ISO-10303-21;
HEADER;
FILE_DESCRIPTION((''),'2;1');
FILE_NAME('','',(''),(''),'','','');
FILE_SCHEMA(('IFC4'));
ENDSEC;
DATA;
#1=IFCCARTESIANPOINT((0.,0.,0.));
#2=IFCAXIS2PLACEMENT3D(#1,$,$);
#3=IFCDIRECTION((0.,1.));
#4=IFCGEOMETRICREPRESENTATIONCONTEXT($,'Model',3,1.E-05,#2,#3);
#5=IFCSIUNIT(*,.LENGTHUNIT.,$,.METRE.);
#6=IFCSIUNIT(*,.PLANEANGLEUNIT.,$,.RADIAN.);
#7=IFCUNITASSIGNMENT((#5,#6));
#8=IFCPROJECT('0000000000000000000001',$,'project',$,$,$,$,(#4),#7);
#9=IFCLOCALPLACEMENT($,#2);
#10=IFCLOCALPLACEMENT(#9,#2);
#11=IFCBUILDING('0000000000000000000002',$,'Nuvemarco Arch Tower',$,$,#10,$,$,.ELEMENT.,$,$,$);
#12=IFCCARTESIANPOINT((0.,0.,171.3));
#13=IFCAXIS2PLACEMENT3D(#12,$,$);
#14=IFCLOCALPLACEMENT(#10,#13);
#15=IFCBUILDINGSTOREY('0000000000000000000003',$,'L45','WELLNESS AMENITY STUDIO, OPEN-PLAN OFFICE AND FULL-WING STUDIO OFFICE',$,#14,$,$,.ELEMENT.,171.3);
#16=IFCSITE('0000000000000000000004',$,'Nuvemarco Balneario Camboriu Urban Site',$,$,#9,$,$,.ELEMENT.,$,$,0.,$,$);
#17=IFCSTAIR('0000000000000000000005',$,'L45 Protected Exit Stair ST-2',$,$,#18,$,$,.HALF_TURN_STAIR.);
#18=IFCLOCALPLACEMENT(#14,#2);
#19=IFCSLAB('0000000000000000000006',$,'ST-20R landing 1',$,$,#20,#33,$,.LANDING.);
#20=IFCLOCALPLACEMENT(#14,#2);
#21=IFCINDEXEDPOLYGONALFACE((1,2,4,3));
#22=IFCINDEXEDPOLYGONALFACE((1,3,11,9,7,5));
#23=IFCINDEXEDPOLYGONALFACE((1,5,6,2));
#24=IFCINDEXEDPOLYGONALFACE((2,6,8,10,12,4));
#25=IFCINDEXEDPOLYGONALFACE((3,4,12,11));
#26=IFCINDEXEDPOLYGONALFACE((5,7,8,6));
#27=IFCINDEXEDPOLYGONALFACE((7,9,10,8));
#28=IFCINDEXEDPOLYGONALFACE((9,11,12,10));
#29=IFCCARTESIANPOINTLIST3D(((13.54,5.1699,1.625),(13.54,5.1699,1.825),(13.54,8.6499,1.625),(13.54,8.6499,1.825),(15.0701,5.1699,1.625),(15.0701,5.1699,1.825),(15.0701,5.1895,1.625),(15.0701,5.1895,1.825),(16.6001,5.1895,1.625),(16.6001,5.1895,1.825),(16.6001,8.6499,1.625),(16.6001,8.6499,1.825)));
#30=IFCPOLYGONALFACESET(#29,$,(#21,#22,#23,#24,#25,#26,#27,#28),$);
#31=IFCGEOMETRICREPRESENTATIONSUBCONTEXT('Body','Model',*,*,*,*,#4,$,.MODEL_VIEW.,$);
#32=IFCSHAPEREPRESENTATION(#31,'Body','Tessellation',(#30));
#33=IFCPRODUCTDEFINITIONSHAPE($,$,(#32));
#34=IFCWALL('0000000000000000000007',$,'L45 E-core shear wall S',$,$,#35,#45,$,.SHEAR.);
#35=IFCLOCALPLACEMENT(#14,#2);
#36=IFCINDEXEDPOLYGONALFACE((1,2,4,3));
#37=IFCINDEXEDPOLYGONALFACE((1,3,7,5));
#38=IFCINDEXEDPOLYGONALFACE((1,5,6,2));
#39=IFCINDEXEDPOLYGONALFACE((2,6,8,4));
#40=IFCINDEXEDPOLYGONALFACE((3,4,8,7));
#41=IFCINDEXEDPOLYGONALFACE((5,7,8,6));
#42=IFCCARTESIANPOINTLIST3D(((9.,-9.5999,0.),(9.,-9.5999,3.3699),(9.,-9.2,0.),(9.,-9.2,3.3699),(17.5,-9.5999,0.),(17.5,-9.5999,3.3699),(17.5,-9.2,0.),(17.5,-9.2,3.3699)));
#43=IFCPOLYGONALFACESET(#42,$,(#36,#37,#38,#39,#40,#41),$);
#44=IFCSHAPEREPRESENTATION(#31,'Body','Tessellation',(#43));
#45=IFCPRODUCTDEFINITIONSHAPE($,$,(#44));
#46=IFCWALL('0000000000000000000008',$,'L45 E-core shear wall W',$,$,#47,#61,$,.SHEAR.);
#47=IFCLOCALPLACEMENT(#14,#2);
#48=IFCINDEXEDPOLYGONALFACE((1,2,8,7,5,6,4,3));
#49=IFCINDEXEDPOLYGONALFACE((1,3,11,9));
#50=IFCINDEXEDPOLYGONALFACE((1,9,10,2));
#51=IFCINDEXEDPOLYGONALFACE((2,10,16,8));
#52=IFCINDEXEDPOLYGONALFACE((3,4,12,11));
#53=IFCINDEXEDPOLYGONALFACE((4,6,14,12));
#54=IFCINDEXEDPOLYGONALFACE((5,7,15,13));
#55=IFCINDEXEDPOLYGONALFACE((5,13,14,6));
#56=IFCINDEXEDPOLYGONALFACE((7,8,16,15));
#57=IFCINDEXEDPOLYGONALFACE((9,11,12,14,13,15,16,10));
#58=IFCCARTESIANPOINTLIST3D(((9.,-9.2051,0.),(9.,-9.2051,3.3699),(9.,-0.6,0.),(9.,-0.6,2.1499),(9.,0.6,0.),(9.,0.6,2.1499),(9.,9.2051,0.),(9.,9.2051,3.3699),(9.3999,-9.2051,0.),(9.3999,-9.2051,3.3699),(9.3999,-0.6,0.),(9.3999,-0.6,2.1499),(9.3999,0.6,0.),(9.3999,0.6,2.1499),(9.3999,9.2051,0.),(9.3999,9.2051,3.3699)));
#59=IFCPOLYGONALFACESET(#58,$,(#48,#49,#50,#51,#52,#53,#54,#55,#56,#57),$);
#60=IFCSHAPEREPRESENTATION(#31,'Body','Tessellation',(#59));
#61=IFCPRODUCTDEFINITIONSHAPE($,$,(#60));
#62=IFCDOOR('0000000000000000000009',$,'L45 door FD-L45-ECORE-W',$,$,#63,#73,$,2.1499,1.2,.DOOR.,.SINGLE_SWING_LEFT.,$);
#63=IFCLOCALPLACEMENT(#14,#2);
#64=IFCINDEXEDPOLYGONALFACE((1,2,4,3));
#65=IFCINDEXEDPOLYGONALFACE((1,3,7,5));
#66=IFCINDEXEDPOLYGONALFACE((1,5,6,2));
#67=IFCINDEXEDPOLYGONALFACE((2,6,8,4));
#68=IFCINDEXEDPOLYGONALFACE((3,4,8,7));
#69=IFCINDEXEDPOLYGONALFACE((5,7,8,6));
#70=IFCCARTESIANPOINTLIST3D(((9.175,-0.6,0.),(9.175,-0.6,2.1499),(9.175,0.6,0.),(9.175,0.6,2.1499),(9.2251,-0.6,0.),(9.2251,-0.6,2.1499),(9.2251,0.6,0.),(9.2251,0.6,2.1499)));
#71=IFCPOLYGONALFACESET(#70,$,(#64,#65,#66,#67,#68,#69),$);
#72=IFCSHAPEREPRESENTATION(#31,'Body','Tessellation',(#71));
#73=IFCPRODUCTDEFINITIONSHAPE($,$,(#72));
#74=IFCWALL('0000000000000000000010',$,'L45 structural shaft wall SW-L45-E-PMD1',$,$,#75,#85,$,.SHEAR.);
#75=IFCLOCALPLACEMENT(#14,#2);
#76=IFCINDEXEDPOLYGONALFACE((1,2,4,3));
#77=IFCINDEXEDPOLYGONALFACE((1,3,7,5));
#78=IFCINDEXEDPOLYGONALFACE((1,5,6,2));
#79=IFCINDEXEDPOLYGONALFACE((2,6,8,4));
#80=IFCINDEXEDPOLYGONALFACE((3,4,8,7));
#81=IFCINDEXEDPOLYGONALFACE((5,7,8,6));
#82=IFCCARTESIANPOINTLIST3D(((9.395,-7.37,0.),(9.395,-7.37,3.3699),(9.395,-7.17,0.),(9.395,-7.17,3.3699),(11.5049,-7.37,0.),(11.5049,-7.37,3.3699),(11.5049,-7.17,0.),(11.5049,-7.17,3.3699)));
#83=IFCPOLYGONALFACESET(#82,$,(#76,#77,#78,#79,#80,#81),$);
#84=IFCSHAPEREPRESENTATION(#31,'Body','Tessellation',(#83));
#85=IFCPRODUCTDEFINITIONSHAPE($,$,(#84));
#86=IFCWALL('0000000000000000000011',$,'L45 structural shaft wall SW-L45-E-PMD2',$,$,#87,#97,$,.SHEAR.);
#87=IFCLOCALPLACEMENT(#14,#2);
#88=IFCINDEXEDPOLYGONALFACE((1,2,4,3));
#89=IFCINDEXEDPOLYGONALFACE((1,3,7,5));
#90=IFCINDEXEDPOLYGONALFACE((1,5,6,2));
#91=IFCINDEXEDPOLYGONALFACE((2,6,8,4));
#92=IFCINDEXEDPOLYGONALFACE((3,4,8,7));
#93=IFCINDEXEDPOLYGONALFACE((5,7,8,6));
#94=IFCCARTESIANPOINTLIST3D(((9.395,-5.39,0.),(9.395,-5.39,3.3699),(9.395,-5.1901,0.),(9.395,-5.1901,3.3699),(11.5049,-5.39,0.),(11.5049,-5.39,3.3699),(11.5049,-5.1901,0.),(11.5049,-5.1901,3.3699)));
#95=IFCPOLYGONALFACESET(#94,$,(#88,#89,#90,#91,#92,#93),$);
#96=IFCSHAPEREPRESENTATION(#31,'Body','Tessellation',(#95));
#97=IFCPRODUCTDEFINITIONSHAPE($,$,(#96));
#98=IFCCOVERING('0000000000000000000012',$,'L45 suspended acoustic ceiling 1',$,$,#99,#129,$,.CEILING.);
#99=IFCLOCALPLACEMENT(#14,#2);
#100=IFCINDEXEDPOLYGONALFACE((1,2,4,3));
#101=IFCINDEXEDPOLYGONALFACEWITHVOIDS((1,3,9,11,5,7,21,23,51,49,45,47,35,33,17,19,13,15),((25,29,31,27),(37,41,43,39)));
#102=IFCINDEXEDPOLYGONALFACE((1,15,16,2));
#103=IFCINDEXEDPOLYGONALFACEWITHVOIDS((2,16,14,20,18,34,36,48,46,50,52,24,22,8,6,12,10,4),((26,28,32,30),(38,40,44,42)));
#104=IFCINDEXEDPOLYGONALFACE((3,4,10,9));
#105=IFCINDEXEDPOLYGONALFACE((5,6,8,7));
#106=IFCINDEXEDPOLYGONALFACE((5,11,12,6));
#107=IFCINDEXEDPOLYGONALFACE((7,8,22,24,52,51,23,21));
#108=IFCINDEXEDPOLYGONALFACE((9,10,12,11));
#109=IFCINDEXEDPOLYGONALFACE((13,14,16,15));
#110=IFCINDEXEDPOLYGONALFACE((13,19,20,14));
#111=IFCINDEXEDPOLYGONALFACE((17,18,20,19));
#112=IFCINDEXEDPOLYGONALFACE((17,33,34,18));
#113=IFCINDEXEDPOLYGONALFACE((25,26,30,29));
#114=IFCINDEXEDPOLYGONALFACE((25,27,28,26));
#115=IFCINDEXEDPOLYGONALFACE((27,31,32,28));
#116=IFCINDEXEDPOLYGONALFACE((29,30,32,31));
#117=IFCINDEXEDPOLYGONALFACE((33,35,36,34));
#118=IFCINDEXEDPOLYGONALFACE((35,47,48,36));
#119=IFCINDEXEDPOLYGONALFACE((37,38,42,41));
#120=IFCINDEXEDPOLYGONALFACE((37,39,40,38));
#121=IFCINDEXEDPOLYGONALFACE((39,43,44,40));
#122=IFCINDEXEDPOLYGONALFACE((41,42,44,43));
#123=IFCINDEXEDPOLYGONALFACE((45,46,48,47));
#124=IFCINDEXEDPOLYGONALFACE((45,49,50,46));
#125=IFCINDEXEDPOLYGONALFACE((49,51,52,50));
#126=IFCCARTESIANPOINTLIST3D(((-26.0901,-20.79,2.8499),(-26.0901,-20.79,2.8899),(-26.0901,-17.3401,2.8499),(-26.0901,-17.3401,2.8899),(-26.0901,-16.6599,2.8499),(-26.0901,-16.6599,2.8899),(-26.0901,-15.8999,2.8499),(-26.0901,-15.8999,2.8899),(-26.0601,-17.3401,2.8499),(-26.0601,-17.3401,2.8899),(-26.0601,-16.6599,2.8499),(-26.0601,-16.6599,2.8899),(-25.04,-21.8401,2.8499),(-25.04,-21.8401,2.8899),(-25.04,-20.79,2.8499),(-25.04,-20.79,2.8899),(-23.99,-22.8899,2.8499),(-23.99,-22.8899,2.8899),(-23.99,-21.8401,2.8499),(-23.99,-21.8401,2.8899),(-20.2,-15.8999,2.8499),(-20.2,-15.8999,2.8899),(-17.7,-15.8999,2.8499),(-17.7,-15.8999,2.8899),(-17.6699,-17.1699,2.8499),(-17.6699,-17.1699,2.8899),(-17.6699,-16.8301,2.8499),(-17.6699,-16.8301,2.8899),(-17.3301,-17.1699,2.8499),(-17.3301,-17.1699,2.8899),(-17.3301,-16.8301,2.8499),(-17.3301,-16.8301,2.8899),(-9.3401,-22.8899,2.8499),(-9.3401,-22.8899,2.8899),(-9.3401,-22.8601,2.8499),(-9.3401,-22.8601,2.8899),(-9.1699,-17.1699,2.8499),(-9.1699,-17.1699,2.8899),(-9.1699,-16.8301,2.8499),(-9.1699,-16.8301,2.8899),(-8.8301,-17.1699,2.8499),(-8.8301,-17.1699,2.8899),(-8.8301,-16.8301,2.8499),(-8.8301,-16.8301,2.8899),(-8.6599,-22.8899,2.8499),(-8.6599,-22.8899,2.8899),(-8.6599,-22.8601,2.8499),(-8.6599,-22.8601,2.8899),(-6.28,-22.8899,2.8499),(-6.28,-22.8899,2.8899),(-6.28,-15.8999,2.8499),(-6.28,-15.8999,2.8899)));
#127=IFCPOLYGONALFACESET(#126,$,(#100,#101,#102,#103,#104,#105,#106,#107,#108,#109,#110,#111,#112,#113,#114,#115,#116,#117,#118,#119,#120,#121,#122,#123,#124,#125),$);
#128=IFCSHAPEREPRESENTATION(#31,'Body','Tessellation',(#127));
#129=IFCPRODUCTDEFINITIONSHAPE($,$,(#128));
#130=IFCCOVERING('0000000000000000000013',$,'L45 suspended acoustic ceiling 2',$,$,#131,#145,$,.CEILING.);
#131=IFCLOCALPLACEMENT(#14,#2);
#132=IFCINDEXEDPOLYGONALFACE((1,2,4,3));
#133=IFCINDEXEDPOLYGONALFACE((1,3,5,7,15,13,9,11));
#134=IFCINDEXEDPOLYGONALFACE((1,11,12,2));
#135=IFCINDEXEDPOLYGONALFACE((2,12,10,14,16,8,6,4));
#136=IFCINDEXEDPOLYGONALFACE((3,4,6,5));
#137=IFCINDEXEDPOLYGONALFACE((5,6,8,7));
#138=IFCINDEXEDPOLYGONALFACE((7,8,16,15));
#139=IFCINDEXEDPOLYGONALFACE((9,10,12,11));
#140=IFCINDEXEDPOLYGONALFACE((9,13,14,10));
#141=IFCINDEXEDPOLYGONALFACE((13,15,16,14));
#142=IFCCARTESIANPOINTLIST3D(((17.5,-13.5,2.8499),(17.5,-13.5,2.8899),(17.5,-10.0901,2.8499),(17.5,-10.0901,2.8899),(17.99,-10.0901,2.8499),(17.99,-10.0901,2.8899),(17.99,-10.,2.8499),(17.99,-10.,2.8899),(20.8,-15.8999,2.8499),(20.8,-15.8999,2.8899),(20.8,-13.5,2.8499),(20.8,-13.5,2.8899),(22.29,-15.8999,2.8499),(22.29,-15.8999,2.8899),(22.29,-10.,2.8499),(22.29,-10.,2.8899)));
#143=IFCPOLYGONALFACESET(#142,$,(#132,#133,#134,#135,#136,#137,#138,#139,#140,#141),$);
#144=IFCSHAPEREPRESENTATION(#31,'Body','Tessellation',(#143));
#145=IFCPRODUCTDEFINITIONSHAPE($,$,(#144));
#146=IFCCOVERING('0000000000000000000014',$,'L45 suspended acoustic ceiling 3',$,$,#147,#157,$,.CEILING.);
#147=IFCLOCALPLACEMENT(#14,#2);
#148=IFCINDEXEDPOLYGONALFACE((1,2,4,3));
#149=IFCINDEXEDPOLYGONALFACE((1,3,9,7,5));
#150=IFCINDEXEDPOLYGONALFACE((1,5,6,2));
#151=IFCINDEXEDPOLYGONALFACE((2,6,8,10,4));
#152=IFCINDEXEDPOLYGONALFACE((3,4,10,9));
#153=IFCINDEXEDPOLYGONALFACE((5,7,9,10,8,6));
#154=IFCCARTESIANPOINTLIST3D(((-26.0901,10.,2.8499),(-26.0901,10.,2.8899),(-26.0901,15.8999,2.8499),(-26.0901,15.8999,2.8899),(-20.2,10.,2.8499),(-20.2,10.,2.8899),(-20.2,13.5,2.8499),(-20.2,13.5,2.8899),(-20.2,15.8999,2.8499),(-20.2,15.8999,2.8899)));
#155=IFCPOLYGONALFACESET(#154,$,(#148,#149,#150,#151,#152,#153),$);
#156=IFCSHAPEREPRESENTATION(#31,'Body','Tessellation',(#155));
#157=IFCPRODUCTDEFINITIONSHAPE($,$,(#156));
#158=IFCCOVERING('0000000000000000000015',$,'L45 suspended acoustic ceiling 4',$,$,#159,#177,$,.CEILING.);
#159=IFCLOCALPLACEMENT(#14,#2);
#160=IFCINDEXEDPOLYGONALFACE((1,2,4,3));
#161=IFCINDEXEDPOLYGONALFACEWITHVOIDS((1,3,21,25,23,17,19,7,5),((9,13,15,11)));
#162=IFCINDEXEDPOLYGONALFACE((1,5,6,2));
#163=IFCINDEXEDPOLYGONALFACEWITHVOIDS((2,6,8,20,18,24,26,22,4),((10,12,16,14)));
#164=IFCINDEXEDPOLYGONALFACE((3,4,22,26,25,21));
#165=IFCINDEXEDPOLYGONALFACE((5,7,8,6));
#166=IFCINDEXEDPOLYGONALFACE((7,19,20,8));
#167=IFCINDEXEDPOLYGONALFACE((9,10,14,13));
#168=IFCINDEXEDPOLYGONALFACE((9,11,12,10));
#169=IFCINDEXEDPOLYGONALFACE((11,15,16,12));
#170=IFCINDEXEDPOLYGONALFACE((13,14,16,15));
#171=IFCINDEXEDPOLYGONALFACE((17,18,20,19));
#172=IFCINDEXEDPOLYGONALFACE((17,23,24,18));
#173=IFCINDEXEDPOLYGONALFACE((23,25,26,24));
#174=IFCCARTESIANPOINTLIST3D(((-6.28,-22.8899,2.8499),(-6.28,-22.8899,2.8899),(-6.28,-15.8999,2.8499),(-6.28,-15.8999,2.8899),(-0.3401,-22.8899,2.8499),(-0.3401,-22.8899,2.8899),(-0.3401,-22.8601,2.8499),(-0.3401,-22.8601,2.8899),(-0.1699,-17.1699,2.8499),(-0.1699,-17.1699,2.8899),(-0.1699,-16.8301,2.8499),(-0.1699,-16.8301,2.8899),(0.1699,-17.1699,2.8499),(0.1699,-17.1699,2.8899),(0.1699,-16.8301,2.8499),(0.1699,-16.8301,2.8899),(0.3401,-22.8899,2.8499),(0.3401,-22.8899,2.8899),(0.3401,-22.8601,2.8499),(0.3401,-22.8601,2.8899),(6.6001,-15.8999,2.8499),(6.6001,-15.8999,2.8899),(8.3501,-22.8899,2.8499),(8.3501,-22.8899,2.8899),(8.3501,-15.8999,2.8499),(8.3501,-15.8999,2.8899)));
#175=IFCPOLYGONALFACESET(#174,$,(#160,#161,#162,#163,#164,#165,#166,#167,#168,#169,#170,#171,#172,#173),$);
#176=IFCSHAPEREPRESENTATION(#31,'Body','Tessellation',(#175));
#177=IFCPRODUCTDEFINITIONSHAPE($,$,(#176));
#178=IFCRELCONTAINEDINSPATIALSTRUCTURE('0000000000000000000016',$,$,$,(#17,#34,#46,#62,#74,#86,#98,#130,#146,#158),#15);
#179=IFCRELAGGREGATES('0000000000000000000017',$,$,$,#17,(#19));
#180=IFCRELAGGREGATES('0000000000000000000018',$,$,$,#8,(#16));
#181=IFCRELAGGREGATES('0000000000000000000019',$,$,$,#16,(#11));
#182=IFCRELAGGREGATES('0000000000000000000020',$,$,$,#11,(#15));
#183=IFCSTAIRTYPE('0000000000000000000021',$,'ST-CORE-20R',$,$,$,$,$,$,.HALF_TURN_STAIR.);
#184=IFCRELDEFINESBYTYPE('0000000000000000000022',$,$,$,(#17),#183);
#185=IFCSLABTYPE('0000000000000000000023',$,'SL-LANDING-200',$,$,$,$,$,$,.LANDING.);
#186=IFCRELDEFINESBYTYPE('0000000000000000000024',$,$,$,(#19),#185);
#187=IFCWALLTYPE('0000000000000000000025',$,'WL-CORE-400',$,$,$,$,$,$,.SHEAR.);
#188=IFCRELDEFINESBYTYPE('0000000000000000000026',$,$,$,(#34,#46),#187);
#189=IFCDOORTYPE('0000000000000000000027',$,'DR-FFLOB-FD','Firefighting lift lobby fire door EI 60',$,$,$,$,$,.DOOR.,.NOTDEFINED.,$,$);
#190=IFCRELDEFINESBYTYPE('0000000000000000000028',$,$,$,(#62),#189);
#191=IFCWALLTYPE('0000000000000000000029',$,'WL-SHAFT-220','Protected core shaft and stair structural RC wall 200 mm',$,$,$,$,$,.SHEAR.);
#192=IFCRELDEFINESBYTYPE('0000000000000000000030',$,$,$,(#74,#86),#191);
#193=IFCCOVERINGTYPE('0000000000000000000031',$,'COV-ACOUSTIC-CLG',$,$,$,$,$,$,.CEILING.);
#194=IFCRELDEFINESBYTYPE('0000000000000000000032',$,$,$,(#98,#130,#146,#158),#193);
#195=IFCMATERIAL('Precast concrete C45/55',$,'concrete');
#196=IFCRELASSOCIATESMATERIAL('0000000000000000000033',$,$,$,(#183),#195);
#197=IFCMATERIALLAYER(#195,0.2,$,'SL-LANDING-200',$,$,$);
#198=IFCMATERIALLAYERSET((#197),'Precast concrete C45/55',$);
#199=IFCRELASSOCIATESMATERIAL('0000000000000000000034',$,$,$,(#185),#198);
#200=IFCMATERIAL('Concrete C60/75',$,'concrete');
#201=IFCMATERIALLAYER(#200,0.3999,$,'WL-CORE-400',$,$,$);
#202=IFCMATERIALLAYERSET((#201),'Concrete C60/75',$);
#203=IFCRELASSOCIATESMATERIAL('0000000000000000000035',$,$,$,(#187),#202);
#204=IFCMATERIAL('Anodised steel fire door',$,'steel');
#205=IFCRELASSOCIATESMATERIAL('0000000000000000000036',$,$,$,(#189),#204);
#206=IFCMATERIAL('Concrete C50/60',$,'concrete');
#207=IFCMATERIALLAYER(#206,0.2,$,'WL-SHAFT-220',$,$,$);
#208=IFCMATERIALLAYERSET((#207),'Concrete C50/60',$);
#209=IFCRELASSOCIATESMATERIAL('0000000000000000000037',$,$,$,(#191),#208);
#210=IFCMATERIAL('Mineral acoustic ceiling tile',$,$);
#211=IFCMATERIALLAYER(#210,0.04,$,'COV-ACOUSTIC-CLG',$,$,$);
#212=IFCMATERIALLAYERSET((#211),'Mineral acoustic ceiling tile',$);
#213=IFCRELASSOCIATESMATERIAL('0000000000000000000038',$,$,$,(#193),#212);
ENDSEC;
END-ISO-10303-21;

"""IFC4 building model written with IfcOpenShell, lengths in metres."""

from ifc_helpers import new_model, si_unit, direction, frame, frame_2d, origin, place, context, subcontext, project, spatial, polyline, rectangle, outline, extrude, source, transform, mapped, material, layer, layer_set, type_object, type_shapes, element, fill, aggregate, save


model = new_model("IFC4")

# Units and contexts
model_context = context("Model", 3, precision=1e-05, world=origin(), true_north=direction((0.0, 1.0)))
body_context = subcontext(model_context, "Body", "Model", "MODEL_VIEW")
ifc_project = project(units=[si_unit("LENGTHUNIT", "METRE"), si_unit("PLANEANGLEUNIT", "RADIAN")], contexts=[model_context])

# Site, building, storey
site_placement = place(None, origin())
site = spatial("IfcSite", under=ifc_project, at=site_placement, Name="Nuvemarco Balneario Camboriu Urban Site", CompositionType="ELEMENT", RefElevation=0.0)
building_placement = place(site_placement, origin())
building = spatial("IfcBuilding", under=site, at=building_placement, Name="Nuvemarco Arch Tower", CompositionType="ELEMENT")
storey_placement = place(building_placement, frame((0.0, 0.0, 171.3)))
storey = spatial("IfcBuildingStorey", under=building, at=storey_placement, Name="L45", Description="WELLNESS AMENITY STUDIO, OPEN-PLAN OFFICE AND FULL-WING STUDIO OFFICE", CompositionType="ELEMENT", Elevation=171.3)

# Shared definitions
ifc_material_1 = material(Name="Concrete C50/60", Category="concrete")

# Stair, slab
ifc_material_2 = material(Name="Precast concrete C45/55", Category="concrete")
stair_type = type_object("IfcStairType", Name="ST-CORE-20R", PredefinedType="HALF_TURN_STAIR", material=ifc_material_2)
ifc_layer_1 = layer(ifc_material_2, 0.2, Name="SL-LANDING-200")
ifc_layer_set_1 = layer_set([ifc_layer_1], Name="Precast concrete C45/55")
slab_type = type_object("IfcSlabType", Name="SL-LANDING-200", PredefinedType="LANDING", material=ifc_layer_set_1)
stair_1_placement = place(storey_placement, origin())
stair_1 = element("IfcStair", 1, at=stair_1_placement, inside=storey, type_object=stair_type, Name="L45 Protected Exit Stair ST-2", PredefinedType="HALF_TURN_STAIR")
slab_1_placement = place(storey_placement, frame((0.0, 0.0, 1.625)))
slab_1 = element("IfcSlab", 2, at=slab_1_placement, type_object=slab_type, Name="ST-20R landing 1", PredefinedType="LANDING", context=body_context, shape_type="SweptSolid", body=[
    extrude(outline(polyline([(16.6001, 5.1895), (16.6001, 8.6499), (13.54, 8.6499), (13.54, 5.1699), (15.0701, 5.1699), (15.0701, 5.1895), (16.6001, 5.1895)])), origin(), (0.0, 0.0, 1.0), 0.2),
])
aggregate(stair_1, [slab_1])

# Wall
ifc_material_3 = material(Name="Concrete C60/75", Category="concrete")
ifc_layer_2 = layer(ifc_material_3, 0.3999, Name="WL-CORE-400")
ifc_layer_set_2 = layer_set([ifc_layer_2], Name="Concrete C60/75")
wall_type_1 = type_object("IfcWallType", Name="WL-CORE-400", PredefinedType="SHEAR", material=ifc_layer_set_2)
wall_1_placement = place(storey_placement, frame((9.0, -9.3999, 0.0), z_axis=(0.0, 0.0, 1.0), x_axis=(1.0, 0.0, 0.0)))
element("IfcWall", 3, at=wall_1_placement, inside=storey, type_object=wall_type_1, Name="L45 E-core shear wall S", PredefinedType="SHEAR", context=body_context, shape_type="SweptSolid", body=[
    extrude(rectangle(XDim=8.5, YDim=0.3999, at=frame_2d((4.25, 0.0))), origin(), (0.0, 0.0, 1.0), 3.3699),
])

# Wall, opening, door
wall_2_placement = place(storey_placement, frame((9.2, -9.2051, 0.0), z_axis=(0.0, 0.0, 1.0), x_axis=(0.0, 1.0, 0.0)))
wall_2 = element("IfcWall", 4, at=wall_2_placement, inside=storey, type_object=wall_type_1, Name="L45 E-core shear wall W", PredefinedType="SHEAR", context=body_context, shape_type="SweptSolid", body=[
    extrude(rectangle(XDim=18.4102, YDim=0.3999, at=frame_2d((9.2051, 0.0))), origin(), (0.0, 0.0, 1.0), 3.3699),
])
opening_placement = place(wall_2_placement, frame((8.605, 0.0, 0.0)))
opening = element("IfcOpeningElement", 5, at=opening_placement, cuts=wall_2, PredefinedType="OPENING", context=body_context, shape_type="SweptSolid", body=[
    extrude(rectangle(XDim=1.2, YDim=2.1499, at=frame_2d((0.6001, 1.075))), frame((0.0, 0.21, 0.0), z_axis=(0.0, -1.0, 0.0), x_axis=(1.0, 0.0, 0.0)), (0.0, 0.0, 1.0), 0.4199),
])
ifc_material_4 = material(Name="Anodised steel fire door", Category="steel")
door_type = type_object("IfcDoorType", Name="DR-FFLOB-FD", Description="Firefighting lift lobby fire door EI 60", OperationType="NOTDEFINED", PredefinedType="DOOR", material=ifc_material_4)
shared_shape = source(origin(), body_context, "Body", "SweptSolid", [
    extrude(rectangle(XDim=1.2, YDim=2.1499, at=frame_2d((0.6001, 1.075))), frame((0.0, 0.0249, 0.0), z_axis=(0.0, -1.0, 0.0), x_axis=(1.0, 0.0, 0.0)), (0.0, 0.0, 1.0), 0.05),
])
type_shapes(door_type, [shared_shape])
door_placement = place(opening_placement, origin())
door = element("IfcDoor", 6, at=door_placement, inside=storey, type_object=door_type, Name="L45 door FD-L45-ECORE-W", OperationType="SINGLE_SWING_LEFT", OverallHeight=2.1499, OverallWidth=1.2, PredefinedType="DOOR", context=body_context, shape_type="MappedRepresentation", body=[
    mapped(shared_shape, transform((0.0, 0.0, 0.0), scale=1.0)),
])
fill(opening, door)

# Walls
ifc_layer_3 = layer(ifc_material_1, 0.2, Name="WL-SHAFT-220")
ifc_layer_set_3 = layer_set([ifc_layer_3], Name="Concrete C50/60")
wall_type_2 = type_object("IfcWallType", Name="WL-SHAFT-220", Description="Protected core shaft and stair structural RC wall 200 mm", PredefinedType="SHEAR", material=ifc_layer_set_3)
for number, where, z_axis, x_axis, name in (
    (7, (9.395, -7.27, 0.0), (0.0, 0.0, 1.0), (1.0, 0.0, 0.0), "L45 structural shaft wall SW-L45-E-PMD1"),
    (8, (9.395, -5.29, 0.0), (0.0, 0.0, 1.0), (1.0, 0.0, 0.0), "L45 structural shaft wall SW-L45-E-PMD2"),
):
    element("IfcWall", number, at=place(storey_placement, frame(where, z_axis=z_axis, x_axis=x_axis)), inside=storey, type_object=wall_type_2, Name=name, PredefinedType="SHEAR", context=body_context, shape_type="SweptSolid", body=[
        extrude(rectangle(XDim=2.1099, YDim=0.2, at=frame_2d((1.0549, 0.0))), origin(), (0.0, 0.0, 1.0), 3.3699),
    ])

# Coverings
ifc_material_5 = material(Name="Mineral acoustic ceiling tile")
ifc_layer_4 = layer(ifc_material_5, 0.04, Name="COV-ACOUSTIC-CLG")
ifc_layer_set_4 = layer_set([ifc_layer_4], Name="Mineral acoustic ceiling tile")
covering_type = type_object("IfcCoveringType", Name="COV-ACOUSTIC-CLG", PredefinedType="CEILING", material=ifc_layer_set_4)
covering_1_placement = place(storey_placement, frame((0.0, 0.0, 2.8499)))
element("IfcCovering", 9, at=covering_1_placement, inside=storey, type_object=covering_type, Name="L45 suspended acoustic ceiling 1", PredefinedType="CEILING", context=body_context, shape_type="SweptSolid", body=[
    extrude(outline(polyline([(-26.0901, -20.79), (-26.0901, -17.3401), (-26.0601, -17.3401), (-26.0601, -16.6599), (-26.0901, -16.6599), (-26.0901, -15.8999), (-20.2, -15.8999), (-17.7, -15.8999), (-6.28, -15.8999), (-6.28, -22.8899), (-8.6599, -22.8899), (-8.6599, -22.8601), (-9.3401, -22.8601), (-9.3401, -22.8899), (-23.99, -22.8899), (-23.99, -21.8401), (-25.04, -21.8401), (-25.04, -20.79), (-26.0901, -20.79)]), holes=[polyline([(-17.3301, -16.8301), (-17.6699, -16.8301), (-17.6699, -17.1699), (-17.3301, -17.1699), (-17.3301, -16.8301)]), polyline([(-8.8301, -17.1699), (-8.8301, -16.8301), (-9.1699, -16.8301), (-9.1699, -17.1699), (-8.8301, -17.1699)])]), origin(), (0.0, 0.0, 1.0), 0.04),
])
covering_2_placement = place(storey_placement, frame((0.0, 0.0, 2.8499)))
element("IfcCovering", 10, at=covering_2_placement, inside=storey, type_object=covering_type, Name="L45 suspended acoustic ceiling 2", PredefinedType="CEILING", context=body_context, shape_type="SweptSolid", body=[
    extrude(outline(polyline([(17.5, -10.0901), (17.99, -10.0901), (17.99, -10.0), (22.29, -10.0), (22.29, -15.8999), (20.8, -15.8999), (20.8, -13.5), (17.5, -13.5), (17.5, -10.0901)])), origin(), (0.0, 0.0, 1.0), 0.04),
])
covering_3_placement = place(storey_placement, frame((0.0, 0.0, 2.8499)))
element("IfcCovering", 11, at=covering_3_placement, inside=storey, type_object=covering_type, Name="L45 suspended acoustic ceiling 3", PredefinedType="CEILING", context=body_context, shape_type="SweptSolid", body=[
    extrude(outline(polyline([(-26.0901, 15.8999), (-20.2, 15.8999), (-20.2, 13.5), (-20.2, 10.0), (-26.0901, 10.0), (-26.0901, 15.8999)])), origin(), (0.0, 0.0, 1.0), 0.04),
])
covering_4_placement = place(storey_placement, frame((0.0, 0.0, 2.8499)))
element("IfcCovering", 12, at=covering_4_placement, inside=storey, type_object=covering_type, Name="L45 suspended acoustic ceiling 4", PredefinedType="CEILING", context=body_context, shape_type="SweptSolid", body=[
    extrude(outline(polyline([(8.3501, -22.8899), (0.3401, -22.8899), (0.3401, -22.8601), (-0.3401, -22.8601), (-0.3401, -22.8899), (-6.28, -22.8899), (-6.28, -15.8999), (6.6001, -15.8999), (8.3501, -15.8999), (8.3501, -22.8899)]), holes=[polyline([(0.1699, -17.1699), (0.1699, -16.8301), (-0.1699, -16.8301), (-0.1699, -17.1699), (0.1699, -17.1699)])]), origin(), (0.0, 0.0, 1.0), 0.04),
])

save(model, "model.ifc")
